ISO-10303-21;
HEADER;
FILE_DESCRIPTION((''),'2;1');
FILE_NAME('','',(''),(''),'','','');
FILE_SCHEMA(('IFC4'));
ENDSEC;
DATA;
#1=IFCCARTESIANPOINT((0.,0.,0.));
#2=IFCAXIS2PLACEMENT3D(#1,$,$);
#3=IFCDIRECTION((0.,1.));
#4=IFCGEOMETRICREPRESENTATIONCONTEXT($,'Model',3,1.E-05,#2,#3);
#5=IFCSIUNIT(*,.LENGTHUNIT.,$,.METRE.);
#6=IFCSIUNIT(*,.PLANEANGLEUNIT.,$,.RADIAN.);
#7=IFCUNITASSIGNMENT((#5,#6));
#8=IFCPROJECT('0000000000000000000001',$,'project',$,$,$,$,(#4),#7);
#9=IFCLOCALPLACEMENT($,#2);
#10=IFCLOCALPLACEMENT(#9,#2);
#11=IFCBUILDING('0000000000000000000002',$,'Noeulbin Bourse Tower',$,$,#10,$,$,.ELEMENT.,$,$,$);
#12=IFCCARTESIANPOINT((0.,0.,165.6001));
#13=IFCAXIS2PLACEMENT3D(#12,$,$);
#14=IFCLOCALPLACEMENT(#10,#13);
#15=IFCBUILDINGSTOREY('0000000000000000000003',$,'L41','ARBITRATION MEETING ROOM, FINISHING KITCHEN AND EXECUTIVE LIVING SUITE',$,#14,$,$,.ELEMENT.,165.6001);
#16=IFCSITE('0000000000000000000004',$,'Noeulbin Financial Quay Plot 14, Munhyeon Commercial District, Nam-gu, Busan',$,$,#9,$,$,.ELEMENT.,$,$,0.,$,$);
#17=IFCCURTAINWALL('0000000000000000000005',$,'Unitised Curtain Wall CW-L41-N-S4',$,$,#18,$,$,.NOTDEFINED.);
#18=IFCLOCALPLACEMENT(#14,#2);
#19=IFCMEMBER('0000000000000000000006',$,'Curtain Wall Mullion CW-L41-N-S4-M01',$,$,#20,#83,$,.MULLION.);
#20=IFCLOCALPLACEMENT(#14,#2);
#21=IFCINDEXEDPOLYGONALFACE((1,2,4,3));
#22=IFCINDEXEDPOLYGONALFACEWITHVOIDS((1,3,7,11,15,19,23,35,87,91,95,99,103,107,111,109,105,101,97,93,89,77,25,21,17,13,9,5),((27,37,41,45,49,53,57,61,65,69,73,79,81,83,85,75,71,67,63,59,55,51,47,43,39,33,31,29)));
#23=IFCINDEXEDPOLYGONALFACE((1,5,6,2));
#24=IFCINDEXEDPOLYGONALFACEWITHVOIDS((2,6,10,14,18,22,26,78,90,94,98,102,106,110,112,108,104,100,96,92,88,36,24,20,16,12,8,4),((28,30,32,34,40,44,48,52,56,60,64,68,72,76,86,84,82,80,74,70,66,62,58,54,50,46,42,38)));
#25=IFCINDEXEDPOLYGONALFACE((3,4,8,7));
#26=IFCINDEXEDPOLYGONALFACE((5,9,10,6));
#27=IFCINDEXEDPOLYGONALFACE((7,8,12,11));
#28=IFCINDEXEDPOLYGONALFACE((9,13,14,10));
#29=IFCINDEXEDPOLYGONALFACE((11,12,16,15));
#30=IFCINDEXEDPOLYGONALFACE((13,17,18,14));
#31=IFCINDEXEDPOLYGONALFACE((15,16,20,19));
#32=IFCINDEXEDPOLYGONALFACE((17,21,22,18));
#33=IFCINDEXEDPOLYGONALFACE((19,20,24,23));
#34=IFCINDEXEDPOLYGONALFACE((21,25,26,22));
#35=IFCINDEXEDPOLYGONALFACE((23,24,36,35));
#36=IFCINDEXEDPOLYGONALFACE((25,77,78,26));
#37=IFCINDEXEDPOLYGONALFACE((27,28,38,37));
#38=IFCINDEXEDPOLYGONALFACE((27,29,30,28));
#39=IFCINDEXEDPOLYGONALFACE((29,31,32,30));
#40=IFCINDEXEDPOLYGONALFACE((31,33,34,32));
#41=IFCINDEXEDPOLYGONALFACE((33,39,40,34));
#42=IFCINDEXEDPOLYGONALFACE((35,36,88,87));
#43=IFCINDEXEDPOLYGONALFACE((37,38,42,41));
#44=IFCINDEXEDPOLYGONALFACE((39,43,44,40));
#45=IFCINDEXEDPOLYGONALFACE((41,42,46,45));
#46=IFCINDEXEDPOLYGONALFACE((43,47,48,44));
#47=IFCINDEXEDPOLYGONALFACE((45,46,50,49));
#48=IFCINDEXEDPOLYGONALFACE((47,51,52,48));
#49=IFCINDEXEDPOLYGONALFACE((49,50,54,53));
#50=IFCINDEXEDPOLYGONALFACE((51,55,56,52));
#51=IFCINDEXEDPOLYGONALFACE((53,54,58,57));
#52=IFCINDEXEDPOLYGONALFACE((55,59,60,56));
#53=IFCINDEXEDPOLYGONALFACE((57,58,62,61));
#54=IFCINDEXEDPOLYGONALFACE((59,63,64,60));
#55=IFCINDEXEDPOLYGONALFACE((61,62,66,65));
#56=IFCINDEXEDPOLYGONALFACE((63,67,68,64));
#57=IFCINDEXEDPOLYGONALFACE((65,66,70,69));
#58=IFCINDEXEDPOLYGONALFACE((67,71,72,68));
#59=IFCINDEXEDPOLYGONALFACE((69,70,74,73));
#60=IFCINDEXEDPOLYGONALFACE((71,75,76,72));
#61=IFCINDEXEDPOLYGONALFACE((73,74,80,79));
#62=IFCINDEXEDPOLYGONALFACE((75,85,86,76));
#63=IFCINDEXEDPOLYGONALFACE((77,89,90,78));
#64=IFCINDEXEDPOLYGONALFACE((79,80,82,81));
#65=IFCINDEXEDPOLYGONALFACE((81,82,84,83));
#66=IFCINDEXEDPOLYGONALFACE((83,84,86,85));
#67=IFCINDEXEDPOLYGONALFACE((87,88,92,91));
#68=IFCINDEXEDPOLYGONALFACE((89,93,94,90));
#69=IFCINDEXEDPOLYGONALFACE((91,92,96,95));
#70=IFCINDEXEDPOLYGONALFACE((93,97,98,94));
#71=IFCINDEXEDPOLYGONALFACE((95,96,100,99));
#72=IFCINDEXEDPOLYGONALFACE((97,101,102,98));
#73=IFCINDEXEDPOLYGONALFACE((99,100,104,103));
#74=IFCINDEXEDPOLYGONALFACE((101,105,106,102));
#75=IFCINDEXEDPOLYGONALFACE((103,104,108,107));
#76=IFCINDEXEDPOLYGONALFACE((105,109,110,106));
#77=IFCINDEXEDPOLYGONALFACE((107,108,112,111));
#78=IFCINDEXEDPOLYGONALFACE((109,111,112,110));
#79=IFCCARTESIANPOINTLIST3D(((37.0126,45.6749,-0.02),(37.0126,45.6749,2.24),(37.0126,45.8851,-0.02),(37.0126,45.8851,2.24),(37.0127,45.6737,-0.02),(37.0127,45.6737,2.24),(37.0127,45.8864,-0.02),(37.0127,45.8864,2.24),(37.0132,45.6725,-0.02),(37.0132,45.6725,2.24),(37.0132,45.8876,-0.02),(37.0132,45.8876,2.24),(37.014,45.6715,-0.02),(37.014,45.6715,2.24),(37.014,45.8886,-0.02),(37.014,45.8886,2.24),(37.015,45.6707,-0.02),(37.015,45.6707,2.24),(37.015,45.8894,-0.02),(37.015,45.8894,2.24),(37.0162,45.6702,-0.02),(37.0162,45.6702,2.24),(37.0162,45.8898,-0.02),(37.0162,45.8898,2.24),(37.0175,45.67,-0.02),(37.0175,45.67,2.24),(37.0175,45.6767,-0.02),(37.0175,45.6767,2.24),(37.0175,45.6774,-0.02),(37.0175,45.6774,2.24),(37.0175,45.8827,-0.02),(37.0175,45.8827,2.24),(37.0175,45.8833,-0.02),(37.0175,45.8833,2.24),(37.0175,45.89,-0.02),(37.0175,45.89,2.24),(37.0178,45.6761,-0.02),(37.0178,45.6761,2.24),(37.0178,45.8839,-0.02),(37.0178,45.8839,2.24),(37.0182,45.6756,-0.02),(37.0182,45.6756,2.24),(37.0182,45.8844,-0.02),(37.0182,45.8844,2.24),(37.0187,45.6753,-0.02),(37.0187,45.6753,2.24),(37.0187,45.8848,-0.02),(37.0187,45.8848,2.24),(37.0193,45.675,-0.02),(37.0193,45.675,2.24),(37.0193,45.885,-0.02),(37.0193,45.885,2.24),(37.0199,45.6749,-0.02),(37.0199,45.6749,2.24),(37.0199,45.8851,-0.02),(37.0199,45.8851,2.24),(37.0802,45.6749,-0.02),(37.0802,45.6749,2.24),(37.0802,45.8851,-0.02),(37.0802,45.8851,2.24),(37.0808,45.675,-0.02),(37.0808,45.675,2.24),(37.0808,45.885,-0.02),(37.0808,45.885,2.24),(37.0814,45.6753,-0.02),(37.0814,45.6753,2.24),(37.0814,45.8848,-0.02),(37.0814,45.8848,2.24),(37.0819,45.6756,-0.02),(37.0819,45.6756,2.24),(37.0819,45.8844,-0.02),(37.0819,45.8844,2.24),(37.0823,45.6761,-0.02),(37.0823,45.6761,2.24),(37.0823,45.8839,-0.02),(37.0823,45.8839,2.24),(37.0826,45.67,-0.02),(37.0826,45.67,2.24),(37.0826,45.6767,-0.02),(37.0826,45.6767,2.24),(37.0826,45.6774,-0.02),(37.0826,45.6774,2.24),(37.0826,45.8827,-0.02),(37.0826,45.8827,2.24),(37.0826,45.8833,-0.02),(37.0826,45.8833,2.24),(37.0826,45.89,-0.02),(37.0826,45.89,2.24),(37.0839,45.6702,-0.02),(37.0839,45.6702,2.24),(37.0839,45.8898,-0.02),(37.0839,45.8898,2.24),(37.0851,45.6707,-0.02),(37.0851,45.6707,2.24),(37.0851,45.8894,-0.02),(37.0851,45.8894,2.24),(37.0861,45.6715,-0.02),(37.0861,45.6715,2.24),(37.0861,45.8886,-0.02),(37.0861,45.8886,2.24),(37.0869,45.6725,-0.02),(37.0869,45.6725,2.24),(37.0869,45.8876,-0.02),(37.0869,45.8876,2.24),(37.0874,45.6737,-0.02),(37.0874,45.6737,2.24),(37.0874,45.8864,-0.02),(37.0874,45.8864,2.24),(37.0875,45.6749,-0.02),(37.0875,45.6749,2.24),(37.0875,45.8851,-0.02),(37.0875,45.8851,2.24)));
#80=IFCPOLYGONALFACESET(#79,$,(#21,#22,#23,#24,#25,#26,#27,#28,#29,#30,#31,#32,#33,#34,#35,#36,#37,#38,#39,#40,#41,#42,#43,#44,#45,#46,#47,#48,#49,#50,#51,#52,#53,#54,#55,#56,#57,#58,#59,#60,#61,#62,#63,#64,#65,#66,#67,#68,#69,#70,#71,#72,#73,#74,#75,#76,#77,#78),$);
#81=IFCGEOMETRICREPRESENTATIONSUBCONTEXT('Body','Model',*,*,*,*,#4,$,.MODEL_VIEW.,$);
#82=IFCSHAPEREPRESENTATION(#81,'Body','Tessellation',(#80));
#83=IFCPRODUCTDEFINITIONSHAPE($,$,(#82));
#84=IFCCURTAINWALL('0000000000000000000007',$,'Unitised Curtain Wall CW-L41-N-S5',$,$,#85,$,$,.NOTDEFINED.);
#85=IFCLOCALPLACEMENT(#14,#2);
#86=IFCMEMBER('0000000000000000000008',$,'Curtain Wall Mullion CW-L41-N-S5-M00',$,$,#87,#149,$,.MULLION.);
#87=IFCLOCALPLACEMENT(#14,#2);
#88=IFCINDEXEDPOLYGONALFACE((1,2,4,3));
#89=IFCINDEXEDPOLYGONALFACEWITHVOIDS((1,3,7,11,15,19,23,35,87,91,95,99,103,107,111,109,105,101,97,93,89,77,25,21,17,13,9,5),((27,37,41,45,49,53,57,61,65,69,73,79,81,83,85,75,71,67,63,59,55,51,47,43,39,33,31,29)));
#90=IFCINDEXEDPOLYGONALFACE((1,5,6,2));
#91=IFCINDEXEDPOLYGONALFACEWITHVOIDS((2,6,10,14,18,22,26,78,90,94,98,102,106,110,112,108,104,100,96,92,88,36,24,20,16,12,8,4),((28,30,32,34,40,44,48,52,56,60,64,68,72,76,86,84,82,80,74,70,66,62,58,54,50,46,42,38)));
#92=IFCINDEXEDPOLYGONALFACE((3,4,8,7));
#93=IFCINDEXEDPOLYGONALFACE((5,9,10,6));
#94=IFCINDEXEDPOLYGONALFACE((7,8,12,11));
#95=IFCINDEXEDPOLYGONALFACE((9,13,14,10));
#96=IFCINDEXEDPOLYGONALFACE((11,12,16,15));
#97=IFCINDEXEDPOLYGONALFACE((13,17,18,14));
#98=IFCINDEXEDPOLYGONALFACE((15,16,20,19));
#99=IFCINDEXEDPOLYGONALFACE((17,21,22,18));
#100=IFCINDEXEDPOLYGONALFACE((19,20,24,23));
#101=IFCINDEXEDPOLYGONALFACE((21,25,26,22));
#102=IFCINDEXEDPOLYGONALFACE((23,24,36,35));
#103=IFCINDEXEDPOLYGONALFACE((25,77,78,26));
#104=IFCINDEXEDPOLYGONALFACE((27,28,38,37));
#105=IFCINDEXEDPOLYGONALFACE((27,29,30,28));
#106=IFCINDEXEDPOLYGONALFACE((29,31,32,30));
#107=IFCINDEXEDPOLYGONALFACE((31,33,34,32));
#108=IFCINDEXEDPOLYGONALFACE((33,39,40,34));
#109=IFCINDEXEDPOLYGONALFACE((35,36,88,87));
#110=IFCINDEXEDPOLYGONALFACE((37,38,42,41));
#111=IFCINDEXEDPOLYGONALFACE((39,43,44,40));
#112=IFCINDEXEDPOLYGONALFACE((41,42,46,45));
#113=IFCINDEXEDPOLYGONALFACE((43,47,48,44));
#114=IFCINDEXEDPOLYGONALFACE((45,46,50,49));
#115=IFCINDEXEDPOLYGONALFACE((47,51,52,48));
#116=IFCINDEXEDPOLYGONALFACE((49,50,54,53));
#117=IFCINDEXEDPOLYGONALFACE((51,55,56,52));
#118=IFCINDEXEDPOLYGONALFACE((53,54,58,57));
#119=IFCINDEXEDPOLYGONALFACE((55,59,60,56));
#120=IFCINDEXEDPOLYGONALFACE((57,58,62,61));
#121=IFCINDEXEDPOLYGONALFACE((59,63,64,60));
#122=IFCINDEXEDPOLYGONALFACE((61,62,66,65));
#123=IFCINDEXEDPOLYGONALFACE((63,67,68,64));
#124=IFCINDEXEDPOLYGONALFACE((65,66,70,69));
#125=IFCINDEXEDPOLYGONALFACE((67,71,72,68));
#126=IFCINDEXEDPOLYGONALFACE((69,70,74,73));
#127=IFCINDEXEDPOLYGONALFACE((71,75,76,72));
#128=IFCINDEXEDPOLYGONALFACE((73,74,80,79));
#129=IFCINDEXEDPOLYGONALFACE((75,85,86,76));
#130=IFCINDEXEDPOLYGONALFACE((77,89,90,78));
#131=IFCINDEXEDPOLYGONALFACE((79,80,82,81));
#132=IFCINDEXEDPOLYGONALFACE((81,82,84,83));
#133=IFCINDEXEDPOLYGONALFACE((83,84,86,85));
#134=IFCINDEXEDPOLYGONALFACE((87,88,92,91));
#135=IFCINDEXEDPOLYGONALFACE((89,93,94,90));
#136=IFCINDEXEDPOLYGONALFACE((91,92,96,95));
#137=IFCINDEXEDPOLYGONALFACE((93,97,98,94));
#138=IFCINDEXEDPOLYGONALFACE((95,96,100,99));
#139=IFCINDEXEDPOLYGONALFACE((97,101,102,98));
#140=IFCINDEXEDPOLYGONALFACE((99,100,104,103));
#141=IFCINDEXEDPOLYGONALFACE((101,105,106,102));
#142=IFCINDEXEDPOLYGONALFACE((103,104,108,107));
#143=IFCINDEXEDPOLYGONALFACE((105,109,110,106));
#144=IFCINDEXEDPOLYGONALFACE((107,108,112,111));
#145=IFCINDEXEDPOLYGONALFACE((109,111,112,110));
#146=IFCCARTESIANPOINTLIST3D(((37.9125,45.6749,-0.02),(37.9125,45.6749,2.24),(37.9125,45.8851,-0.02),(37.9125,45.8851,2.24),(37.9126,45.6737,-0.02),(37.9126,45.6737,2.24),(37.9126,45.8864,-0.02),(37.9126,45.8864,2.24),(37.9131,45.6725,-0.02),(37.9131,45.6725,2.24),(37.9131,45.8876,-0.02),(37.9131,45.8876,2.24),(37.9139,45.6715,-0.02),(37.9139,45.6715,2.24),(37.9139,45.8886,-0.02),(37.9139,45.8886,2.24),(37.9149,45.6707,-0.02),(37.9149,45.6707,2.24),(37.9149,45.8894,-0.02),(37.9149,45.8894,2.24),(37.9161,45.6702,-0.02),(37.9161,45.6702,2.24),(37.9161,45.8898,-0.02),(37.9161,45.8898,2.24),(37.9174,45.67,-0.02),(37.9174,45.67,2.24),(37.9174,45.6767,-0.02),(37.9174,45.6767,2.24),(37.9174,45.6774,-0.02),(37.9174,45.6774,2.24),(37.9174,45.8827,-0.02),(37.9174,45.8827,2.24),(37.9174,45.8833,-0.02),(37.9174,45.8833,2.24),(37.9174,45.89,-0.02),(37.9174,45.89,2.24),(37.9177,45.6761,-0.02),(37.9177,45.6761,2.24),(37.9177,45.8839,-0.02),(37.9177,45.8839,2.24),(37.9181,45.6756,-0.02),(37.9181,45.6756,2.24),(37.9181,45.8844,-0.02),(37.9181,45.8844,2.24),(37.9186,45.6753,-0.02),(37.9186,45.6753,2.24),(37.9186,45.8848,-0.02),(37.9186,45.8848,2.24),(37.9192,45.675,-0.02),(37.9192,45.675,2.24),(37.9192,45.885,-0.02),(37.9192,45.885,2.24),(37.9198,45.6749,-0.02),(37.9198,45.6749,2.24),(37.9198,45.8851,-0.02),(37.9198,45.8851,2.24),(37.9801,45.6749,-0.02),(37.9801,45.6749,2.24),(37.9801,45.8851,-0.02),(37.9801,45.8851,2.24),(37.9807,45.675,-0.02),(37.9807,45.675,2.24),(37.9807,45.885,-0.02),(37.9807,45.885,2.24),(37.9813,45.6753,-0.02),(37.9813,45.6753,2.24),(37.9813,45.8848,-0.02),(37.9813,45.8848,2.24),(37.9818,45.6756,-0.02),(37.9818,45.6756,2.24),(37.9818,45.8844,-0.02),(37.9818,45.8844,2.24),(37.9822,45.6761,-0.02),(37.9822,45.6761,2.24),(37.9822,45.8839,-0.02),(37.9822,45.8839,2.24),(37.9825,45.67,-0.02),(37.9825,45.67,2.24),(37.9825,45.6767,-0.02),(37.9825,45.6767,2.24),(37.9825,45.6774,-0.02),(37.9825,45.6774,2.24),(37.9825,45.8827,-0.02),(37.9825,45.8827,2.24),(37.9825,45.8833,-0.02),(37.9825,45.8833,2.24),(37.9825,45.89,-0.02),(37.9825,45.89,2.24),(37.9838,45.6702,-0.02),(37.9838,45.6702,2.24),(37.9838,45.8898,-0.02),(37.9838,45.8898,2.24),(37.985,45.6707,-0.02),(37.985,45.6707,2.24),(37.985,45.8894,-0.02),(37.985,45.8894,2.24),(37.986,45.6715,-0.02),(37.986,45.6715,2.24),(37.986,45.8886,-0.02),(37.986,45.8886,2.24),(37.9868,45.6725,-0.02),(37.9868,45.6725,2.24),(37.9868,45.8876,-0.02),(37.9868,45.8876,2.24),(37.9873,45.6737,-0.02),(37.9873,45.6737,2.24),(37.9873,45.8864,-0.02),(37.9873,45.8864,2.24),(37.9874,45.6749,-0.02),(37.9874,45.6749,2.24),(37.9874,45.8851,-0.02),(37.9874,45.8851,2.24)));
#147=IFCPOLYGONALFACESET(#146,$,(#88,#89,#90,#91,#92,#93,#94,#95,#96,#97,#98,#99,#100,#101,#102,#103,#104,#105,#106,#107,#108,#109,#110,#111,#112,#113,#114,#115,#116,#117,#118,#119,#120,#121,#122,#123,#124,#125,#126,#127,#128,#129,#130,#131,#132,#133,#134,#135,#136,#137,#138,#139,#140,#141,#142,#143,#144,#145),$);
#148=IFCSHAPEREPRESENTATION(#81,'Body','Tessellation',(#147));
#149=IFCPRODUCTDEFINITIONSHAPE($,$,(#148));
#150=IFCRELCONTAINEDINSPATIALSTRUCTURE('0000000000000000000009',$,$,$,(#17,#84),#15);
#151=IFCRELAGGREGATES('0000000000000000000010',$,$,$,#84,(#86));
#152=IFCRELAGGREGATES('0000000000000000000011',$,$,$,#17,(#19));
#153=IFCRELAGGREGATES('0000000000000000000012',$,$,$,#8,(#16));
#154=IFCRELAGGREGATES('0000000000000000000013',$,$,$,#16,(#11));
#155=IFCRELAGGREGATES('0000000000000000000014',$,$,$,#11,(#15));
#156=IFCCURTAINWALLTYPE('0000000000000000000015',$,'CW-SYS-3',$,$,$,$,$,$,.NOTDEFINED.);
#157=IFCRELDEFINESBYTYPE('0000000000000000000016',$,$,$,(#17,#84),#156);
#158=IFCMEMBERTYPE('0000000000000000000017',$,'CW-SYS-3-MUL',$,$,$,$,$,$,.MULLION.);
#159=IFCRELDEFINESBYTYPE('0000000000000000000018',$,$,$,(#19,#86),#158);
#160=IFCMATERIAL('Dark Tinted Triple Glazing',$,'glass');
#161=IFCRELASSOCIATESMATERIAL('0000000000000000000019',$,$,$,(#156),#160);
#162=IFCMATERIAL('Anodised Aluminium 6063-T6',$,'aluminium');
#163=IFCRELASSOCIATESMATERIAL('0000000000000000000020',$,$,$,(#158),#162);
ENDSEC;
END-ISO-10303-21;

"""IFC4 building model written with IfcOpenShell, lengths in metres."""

from ifc_helpers import new_model, si_unit, direction, frame, origin, origin_2d, place, context, subcontext, project, spatial, hollow_rectangle, extrude, material, material_profile, profile_set, type_object, element, aggregate, save


model = new_model("IFC4")

# Units and contexts
model_context = context("Model", 3, precision=1e-05, world=origin(), true_north=direction((0.0, 1.0)))
body_context = subcontext(model_context, "Body", "Model", "MODEL_VIEW")
ifc_project = project(units=[si_unit("LENGTHUNIT", "METRE"), si_unit("PLANEANGLEUNIT", "RADIAN")], contexts=[model_context])

# Site, building, storey
site_placement = place(None, origin())
site = spatial("IfcSite", under=ifc_project, at=site_placement, Name="Noeulbin Financial Quay Plot 14, Munhyeon Commercial District, Nam-gu, Busan", CompositionType="ELEMENT", RefElevation=0.0)
building_placement = place(site_placement, origin())
building = spatial("IfcBuilding", under=site, at=building_placement, Name="Noeulbin Bourse Tower", CompositionType="ELEMENT")
storey_placement = place(building_placement, frame((0.0, 0.0, 165.6001)))
storey = spatial("IfcBuildingStorey", under=building, at=storey_placement, Name="L41", Description="ARBITRATION MEETING ROOM, FINISHING KITCHEN AND EXECUTIVE LIVING SUITE", CompositionType="ELEMENT", Elevation=165.6001)

# Shared definitions
ifc_material_1 = material(Name="Dark Tinted Triple Glazing", Category="glass")
curtain_wall_type = type_object("IfcCurtainWallType", Name="CW-SYS-3", PredefinedType="NOTDEFINED", material=ifc_material_1)
ifc_material_2 = material(Name="Anodised Aluminium 6063-T6", Category="aluminium")
ifc_material_profile_1 = material_profile(ifc_material_2, hollow_rectangle(XDim=0.075, YDim=0.22, WallThickness=0.0049, InnerFilletRadius=0.0024, OuterFilletRadius=0.0049, at=origin_2d()), Name="ALU-MULL-75x220x5", Category="LoadBearing")
ifc_profile_set_1 = profile_set([ifc_material_profile_1], Name="Anodised Aluminium 6063-T6")
member_type_1 = type_object("IfcMemberType", Name="CW-SYS-3-MUL", PredefinedType="MULLION", material=ifc_profile_set_1)

# Curtain wall, member
curtain_wall_1_placement = place(storey_placement, origin())
curtain_wall_1 = element("IfcCurtainWall", 1, at=curtain_wall_1_placement, inside=storey, type_object=curtain_wall_type, Name="Unitised Curtain Wall CW-L41-N-S4", PredefinedType="NOTDEFINED")
member_1_placement = place(storey_placement, frame((37.05, 45.78, -0.02), z_axis=(0.0, 0.0, 1.0), x_axis=(1.0, 0.0, 0.0)))
member_1 = element("IfcMember", 2, at=member_1_placement, type_object=member_type_1, Name="Curtain Wall Mullion CW-L41-N-S4-M01", PredefinedType="MULLION", context=body_context, shape_type="SweptSolid", body=[
    extrude(hollow_rectangle(XDim=0.075, YDim=0.22, WallThickness=0.0049, InnerFilletRadius=0.0024, OuterFilletRadius=0.0049, at=origin_2d()), origin(), (0.0, 0.0, 1.0), 2.26),
])

# Curtain wall, member
curtain_wall_2_placement = place(storey_placement, origin())
curtain_wall_2 = element("IfcCurtainWall", 3, at=curtain_wall_2_placement, inside=storey, type_object=curtain_wall_type, Name="Unitised Curtain Wall CW-L41-N-S5", PredefinedType="NOTDEFINED")
member_2_placement = place(storey_placement, frame((37.95, 45.78, -0.02), z_axis=(0.0, 0.0, 1.0), x_axis=(1.0, 0.0, 0.0)))
member_2 = element("IfcMember", 4, at=member_2_placement, type_object=member_type_1, Name="Curtain Wall Mullion CW-L41-N-S5-M00", PredefinedType="MULLION", context=body_context, shape_type="SweptSolid", body=[
    extrude(hollow_rectangle(XDim=0.075, YDim=0.22, WallThickness=0.0049, InnerFilletRadius=0.0024, OuterFilletRadius=0.0049, at=origin_2d()), origin(), (0.0, 0.0, 1.0), 2.26),
])

aggregate(curtain_wall_2, [member_2])

aggregate(curtain_wall_1, [member_1])

save(model, "model.ifc")
